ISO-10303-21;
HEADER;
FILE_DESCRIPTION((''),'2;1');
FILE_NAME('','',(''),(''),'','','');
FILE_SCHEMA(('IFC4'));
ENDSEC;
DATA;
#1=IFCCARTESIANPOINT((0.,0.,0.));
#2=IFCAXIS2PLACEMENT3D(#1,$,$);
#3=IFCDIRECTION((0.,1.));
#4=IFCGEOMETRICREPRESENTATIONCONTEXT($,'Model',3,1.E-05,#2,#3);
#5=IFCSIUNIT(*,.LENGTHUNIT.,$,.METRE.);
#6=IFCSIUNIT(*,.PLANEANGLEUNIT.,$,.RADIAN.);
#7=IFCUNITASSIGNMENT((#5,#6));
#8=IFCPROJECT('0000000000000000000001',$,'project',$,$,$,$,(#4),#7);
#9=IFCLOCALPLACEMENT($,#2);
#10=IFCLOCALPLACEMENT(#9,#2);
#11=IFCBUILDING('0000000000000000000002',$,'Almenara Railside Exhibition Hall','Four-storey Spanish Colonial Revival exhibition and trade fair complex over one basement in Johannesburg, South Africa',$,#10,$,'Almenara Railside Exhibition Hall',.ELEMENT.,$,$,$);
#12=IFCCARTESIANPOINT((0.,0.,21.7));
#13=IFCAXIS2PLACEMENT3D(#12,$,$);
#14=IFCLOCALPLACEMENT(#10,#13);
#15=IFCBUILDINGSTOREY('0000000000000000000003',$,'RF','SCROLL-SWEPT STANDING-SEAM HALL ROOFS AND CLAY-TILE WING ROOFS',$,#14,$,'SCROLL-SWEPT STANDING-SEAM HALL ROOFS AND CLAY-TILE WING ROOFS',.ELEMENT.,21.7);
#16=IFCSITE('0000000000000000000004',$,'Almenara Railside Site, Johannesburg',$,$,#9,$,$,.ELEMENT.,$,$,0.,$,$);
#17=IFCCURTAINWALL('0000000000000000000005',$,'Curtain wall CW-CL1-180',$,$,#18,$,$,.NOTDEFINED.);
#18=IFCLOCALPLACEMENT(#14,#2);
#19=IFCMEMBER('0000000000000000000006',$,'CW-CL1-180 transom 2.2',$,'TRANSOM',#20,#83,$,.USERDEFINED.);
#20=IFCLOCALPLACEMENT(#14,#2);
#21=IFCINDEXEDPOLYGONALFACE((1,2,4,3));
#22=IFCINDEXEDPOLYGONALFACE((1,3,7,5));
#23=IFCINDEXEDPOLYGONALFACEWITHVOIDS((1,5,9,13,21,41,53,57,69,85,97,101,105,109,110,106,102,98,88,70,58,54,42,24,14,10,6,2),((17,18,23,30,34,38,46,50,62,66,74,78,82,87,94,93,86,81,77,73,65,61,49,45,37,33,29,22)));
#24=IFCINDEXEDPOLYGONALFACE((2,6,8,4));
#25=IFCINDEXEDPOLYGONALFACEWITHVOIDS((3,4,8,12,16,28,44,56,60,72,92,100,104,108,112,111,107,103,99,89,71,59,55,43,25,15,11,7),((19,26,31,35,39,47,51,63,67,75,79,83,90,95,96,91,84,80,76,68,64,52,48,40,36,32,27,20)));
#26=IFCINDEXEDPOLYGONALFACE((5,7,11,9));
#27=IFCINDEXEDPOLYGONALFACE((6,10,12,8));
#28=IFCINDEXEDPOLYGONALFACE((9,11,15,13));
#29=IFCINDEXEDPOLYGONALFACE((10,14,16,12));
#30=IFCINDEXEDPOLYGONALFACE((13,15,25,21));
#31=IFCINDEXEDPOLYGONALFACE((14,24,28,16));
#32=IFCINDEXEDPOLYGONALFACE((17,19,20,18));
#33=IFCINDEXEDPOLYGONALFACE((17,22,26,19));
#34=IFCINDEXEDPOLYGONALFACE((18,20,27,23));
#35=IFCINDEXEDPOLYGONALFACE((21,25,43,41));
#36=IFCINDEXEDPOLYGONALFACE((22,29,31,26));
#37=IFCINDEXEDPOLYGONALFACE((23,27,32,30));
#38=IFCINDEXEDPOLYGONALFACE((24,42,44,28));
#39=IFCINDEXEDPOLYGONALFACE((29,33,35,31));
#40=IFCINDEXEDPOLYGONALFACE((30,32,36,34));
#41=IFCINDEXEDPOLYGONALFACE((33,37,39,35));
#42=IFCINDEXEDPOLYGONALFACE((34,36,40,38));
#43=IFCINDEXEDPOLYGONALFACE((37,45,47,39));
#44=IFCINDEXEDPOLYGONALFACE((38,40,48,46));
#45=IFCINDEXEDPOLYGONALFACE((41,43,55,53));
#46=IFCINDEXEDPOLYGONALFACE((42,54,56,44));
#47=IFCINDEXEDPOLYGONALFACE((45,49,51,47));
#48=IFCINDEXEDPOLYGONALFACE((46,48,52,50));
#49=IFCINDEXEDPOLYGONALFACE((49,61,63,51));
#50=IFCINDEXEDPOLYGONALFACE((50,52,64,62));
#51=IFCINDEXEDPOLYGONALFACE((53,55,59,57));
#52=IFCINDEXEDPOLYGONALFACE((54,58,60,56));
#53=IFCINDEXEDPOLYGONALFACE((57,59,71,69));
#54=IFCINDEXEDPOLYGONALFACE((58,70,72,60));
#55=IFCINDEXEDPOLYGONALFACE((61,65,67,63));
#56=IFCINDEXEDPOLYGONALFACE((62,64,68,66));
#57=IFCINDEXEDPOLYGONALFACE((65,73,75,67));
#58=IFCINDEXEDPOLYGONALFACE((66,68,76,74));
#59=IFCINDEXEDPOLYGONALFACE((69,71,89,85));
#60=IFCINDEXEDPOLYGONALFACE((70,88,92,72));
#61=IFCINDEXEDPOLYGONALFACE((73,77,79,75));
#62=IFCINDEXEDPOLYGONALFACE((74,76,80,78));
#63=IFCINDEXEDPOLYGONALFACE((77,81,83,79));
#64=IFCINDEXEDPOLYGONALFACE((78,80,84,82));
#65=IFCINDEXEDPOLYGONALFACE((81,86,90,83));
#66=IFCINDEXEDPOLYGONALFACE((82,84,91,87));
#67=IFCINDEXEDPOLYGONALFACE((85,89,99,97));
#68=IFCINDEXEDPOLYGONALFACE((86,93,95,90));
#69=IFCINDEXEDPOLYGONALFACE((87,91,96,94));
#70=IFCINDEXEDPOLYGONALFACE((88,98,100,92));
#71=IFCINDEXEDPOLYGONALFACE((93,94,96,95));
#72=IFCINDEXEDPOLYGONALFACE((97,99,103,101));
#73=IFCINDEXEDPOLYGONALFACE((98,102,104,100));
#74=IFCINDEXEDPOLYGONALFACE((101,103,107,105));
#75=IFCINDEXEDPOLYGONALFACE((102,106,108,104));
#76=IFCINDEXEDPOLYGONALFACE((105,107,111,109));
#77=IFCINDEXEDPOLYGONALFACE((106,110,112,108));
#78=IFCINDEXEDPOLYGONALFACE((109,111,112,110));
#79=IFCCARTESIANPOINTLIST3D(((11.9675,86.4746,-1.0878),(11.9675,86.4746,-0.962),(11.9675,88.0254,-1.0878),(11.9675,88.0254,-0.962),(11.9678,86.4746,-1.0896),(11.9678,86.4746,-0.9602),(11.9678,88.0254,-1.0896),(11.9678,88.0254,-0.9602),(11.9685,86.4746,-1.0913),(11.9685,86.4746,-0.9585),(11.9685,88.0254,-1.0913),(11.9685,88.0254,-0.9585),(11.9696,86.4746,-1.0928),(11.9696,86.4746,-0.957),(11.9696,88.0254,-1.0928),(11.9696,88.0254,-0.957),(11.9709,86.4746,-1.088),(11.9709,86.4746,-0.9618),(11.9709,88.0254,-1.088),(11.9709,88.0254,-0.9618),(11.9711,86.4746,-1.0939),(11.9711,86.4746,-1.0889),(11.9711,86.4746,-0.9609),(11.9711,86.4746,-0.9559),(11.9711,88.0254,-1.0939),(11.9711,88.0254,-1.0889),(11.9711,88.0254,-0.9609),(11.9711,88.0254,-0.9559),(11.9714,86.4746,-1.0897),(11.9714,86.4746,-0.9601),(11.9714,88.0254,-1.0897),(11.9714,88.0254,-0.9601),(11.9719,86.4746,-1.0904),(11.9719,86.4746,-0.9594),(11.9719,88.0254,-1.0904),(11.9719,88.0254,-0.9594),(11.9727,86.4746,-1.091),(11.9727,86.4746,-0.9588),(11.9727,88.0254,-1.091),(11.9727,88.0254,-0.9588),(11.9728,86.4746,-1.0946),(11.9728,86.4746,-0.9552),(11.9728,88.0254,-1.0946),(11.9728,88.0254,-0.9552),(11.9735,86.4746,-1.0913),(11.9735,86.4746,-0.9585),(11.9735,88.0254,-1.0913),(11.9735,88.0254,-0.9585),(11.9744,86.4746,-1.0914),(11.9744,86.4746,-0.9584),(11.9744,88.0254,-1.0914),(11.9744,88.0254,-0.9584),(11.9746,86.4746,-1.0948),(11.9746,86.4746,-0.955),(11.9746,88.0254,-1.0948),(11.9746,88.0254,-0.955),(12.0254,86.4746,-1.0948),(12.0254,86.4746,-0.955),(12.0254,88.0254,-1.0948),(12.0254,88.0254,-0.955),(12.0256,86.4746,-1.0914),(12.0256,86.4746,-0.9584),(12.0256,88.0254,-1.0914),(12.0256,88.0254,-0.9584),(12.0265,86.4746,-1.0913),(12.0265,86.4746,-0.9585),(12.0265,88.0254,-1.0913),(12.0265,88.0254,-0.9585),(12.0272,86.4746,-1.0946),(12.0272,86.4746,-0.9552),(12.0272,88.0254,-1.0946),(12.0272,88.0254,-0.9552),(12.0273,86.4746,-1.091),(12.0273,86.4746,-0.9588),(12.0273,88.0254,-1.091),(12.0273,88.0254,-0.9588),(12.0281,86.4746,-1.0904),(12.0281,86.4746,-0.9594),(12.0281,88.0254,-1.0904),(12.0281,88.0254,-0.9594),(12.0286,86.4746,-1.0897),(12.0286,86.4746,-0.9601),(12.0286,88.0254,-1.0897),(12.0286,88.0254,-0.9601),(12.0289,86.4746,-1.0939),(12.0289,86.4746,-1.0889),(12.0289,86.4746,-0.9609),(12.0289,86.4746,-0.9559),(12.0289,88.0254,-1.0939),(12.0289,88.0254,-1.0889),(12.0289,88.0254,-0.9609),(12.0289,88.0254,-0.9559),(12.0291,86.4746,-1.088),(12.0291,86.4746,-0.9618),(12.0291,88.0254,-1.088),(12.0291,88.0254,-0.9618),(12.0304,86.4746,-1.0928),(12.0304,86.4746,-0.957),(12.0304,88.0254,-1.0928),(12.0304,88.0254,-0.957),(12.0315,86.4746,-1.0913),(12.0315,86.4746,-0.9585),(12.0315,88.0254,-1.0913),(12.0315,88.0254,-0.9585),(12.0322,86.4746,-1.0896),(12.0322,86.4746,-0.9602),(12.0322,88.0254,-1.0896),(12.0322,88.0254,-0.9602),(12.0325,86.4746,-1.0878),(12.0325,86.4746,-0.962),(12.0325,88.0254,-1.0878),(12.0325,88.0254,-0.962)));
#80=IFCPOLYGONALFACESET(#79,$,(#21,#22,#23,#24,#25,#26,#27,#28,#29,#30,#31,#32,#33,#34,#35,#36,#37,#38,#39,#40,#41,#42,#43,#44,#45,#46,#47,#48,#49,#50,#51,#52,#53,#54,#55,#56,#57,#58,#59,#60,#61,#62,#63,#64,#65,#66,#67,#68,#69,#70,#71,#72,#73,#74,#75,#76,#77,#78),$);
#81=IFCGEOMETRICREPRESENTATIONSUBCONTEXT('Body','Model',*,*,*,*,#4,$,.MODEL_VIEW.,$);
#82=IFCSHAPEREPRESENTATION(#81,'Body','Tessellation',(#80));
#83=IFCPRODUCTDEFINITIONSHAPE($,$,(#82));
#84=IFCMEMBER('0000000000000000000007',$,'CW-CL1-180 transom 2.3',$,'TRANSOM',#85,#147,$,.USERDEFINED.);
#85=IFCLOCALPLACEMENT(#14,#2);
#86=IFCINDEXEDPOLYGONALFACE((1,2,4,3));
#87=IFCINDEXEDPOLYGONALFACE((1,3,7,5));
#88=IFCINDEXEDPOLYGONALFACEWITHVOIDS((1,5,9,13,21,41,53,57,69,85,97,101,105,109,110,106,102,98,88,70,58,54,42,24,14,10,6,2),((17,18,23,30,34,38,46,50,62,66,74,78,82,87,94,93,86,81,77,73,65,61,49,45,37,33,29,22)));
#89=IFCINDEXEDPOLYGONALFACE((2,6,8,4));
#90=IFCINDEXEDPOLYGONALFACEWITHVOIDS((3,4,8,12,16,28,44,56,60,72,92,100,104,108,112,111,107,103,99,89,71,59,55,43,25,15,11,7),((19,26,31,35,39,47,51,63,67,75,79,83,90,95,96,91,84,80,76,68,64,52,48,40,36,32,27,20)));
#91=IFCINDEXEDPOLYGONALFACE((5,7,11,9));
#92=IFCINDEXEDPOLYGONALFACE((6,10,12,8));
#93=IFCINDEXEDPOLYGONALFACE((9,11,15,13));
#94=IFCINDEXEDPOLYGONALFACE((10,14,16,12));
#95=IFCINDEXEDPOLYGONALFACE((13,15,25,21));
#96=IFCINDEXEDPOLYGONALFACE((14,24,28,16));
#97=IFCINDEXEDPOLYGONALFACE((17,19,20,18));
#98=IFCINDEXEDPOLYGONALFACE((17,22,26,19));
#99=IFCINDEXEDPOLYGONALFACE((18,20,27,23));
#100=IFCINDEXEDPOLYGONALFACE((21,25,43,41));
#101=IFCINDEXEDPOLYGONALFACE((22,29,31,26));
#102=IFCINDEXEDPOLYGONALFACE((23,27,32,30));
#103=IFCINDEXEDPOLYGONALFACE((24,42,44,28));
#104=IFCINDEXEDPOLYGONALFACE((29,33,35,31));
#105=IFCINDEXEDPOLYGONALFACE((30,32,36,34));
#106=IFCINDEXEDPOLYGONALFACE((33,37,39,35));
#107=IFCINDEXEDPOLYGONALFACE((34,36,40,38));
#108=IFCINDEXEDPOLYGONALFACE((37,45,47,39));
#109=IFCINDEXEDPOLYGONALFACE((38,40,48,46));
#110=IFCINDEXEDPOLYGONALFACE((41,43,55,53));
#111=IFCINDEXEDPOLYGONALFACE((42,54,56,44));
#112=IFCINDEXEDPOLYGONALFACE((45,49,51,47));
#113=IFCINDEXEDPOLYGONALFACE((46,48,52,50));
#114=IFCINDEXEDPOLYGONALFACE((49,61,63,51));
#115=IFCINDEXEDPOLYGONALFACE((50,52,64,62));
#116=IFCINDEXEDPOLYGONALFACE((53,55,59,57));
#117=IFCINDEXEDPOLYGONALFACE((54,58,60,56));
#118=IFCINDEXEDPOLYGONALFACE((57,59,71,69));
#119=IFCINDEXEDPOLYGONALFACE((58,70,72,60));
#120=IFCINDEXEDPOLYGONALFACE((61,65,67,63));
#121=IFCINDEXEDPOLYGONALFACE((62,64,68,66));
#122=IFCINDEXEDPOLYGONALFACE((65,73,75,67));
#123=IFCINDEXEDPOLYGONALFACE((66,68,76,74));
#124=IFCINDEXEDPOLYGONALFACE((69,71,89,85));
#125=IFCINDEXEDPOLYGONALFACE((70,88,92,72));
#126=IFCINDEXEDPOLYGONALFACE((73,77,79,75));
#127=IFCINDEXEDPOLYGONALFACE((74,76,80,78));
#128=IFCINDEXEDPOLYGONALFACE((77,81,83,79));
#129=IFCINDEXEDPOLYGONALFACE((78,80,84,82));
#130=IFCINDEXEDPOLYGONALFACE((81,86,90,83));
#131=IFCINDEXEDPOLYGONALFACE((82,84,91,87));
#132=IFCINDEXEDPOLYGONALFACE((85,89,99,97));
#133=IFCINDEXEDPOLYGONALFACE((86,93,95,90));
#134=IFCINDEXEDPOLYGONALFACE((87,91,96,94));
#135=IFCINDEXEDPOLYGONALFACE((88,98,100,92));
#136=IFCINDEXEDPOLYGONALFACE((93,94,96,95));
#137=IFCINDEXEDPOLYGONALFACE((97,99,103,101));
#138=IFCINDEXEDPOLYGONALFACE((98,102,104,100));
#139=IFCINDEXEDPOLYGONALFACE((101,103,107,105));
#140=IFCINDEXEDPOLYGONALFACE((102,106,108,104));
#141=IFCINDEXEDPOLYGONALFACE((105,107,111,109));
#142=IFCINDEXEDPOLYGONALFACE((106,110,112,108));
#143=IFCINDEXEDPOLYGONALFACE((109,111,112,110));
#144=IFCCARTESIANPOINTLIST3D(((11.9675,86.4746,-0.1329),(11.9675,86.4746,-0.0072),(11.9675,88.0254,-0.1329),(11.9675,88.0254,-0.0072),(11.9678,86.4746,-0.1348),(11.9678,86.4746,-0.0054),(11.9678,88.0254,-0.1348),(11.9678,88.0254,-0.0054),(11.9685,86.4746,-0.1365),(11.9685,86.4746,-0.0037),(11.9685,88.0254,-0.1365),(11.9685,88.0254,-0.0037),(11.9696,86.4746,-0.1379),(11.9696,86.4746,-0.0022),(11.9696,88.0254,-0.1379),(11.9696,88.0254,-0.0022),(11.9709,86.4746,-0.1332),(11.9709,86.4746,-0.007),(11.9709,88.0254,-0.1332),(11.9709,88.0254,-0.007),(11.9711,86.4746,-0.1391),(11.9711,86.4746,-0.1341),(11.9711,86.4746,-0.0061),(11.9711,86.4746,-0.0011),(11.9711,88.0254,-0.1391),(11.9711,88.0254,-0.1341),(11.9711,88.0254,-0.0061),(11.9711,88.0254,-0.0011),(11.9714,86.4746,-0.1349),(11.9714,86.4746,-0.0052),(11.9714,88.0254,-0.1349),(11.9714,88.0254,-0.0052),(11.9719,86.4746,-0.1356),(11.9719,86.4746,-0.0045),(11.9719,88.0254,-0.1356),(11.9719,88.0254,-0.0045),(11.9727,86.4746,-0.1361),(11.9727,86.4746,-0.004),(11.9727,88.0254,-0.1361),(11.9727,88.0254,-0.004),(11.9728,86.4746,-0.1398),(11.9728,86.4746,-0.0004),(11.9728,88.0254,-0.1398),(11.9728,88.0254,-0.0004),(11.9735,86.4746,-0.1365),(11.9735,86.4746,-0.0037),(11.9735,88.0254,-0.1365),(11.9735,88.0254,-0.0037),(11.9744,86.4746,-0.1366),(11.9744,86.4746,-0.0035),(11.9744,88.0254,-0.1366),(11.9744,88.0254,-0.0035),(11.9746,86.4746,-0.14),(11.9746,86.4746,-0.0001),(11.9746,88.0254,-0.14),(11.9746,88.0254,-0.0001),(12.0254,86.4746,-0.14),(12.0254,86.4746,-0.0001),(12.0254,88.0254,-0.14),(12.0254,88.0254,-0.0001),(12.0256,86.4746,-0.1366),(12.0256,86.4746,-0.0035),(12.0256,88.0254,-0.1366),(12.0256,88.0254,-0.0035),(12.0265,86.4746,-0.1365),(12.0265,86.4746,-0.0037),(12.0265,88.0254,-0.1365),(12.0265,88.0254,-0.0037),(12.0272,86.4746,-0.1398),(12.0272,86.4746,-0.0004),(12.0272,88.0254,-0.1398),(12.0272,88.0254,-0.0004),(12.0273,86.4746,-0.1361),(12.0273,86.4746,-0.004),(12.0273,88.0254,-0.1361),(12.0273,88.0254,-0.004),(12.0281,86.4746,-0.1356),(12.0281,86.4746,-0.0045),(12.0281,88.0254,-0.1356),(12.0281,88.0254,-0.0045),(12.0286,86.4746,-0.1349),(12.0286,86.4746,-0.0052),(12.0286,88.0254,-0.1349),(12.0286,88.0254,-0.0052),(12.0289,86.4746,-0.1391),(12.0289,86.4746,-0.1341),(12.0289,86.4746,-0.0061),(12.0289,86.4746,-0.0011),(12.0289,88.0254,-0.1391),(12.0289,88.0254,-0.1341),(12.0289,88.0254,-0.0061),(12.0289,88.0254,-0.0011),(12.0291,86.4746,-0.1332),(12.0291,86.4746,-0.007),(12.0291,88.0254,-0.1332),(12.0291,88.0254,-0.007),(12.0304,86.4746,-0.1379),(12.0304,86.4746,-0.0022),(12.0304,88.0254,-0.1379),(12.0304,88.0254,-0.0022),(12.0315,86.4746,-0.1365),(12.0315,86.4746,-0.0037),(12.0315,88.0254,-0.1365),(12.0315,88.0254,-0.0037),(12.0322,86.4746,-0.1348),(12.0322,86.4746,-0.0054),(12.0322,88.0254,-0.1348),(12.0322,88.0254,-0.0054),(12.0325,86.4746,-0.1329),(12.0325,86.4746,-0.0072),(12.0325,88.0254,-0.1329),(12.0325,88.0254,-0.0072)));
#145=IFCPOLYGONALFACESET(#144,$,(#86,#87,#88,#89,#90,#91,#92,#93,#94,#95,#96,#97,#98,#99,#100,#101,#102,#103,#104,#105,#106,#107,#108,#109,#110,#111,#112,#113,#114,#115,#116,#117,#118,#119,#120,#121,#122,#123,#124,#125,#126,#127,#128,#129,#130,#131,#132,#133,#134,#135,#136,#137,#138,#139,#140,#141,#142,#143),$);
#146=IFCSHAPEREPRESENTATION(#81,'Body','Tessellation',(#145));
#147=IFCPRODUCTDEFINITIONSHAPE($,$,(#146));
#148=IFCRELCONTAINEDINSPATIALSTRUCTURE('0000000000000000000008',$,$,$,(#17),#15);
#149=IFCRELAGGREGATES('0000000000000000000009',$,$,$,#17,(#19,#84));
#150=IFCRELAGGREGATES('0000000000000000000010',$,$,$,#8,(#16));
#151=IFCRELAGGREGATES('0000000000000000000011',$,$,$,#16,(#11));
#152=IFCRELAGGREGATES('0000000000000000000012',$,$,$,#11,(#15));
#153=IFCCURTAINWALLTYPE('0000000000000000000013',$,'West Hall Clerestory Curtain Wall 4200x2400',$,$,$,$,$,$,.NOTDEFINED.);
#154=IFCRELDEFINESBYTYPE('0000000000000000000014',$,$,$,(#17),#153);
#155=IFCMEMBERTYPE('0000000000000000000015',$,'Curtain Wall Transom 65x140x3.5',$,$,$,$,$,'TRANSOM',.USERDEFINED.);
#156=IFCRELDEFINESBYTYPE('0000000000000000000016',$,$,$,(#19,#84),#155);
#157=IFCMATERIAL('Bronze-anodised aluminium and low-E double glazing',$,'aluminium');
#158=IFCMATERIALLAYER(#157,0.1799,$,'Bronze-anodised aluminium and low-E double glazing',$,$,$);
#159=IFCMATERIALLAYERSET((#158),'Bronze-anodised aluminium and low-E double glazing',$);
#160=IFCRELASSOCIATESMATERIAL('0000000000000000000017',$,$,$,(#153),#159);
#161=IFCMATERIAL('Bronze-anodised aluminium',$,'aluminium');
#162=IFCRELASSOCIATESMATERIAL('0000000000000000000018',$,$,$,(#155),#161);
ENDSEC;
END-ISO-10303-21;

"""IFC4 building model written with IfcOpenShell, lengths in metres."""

from ifc_helpers import new_model, si_unit, direction, frame, origin, origin_2d, place, context, subcontext, project, spatial, hollow_rectangle, extrude, material, layer, layer_set, material_profile, profile_set, type_object, element, aggregate, save


model = new_model("IFC4")

# Units and contexts
model_context = context("Model", 3, precision=1e-05, world=origin(), true_north=direction((0.0, 1.0)))
body_context = subcontext(model_context, "Body", "Model", "MODEL_VIEW")
ifc_project = project(units=[si_unit("LENGTHUNIT", "METRE"), si_unit("PLANEANGLEUNIT", "RADIAN")], contexts=[model_context])

# Site, building, storey
site_placement = place(None, origin())
site = spatial("IfcSite", under=ifc_project, at=site_placement, Name="Almenara Railside Site, Johannesburg", CompositionType="ELEMENT", RefElevation=0.0)
building_placement = place(site_placement, origin())
building = spatial("IfcBuilding", under=site, at=building_placement, Name="Almenara Railside Exhibition Hall", Description="Four-storey Spanish Colonial Revival exhibition and trade fair complex over one basement in Johannesburg, South Africa", LongName="Almenara Railside Exhibition Hall", CompositionType="ELEMENT")
storey_placement = place(building_placement, frame((0.0, 0.0, 21.7)))
storey = spatial("IfcBuildingStorey", under=building, at=storey_placement, Name="RF", Description="SCROLL-SWEPT STANDING-SEAM HALL ROOFS AND CLAY-TILE WING ROOFS", LongName="SCROLL-SWEPT STANDING-SEAM HALL ROOFS AND CLAY-TILE WING ROOFS", CompositionType="ELEMENT", Elevation=21.7)

# Curtain wall
ifc_material_1 = material(Name="Bronze-anodised aluminium and low-E double glazing", Category="aluminium")
ifc_layer_1 = layer(ifc_material_1, 0.1799, Name="Bronze-anodised aluminium and low-E double glazing")
ifc_layer_set_1 = layer_set([ifc_layer_1], Name="Bronze-anodised aluminium and low-E double glazing")
curtain_wall_type = type_object("IfcCurtainWallType", Name="West Hall Clerestory Curtain Wall 4200x2400", PredefinedType="NOTDEFINED", material=ifc_layer_set_1)
ifc_material_2 = material(Name="Bronze-anodised aluminium", Category="aluminium")
curtain_wall_1_placement = place(storey_placement, origin())
curtain_wall_1 = element("IfcCurtainWall", 1, at=curtain_wall_1_placement, inside=storey, type_object=curtain_wall_type, Name="Curtain wall CW-CL1-180", PredefinedType="NOTDEFINED")

# Members
ifc_material_profile_1 = material_profile(ifc_material_2, hollow_rectangle(XDim=0.0649, YDim=0.1399, WallThickness=0.0034, InnerFilletRadius=0.0034, OuterFilletRadius=0.0071, at=origin_2d()), Name="ALU-TRN 65x140x3.5")
ifc_profile_set_1 = profile_set([ifc_material_profile_1], Name="Bronze-anodised aluminium")
member_type_1 = type_object("IfcMemberType", Name="Curtain Wall Transom 65x140x3.5", ElementType="TRANSOM", PredefinedType="USERDEFINED", material=ifc_profile_set_1)
member_1_placement = place(storey_placement, frame((12.0, 86.4746, -1.0249), z_axis=(0.0, 1.0, 0.0), x_axis=(-1.0, 0.0, 0.0)))
member_1 = element("IfcMember", 2, at=member_1_placement, type_object=member_type_1, Name="CW-CL1-180 transom 2.2", ObjectType="TRANSOM", PredefinedType="USERDEFINED", context=body_context, shape_type="SweptSolid", body=[
    extrude(hollow_rectangle(XDim=0.0649, YDim=0.1399, WallThickness=0.0034, InnerFilletRadius=0.0034, OuterFilletRadius=0.0071, at=origin_2d()), origin(), (0.0, 0.0, 1.0), 1.5508),
])
member_2_placement = place(storey_placement, frame((12.0, 86.4746, -0.0701), z_axis=(0.0, 1.0, 0.0), x_axis=(-1.0, 0.0, 0.0)))
member_2 = element("IfcMember", 3, at=member_2_placement, type_object=member_type_1, Name="CW-CL1-180 transom 2.3", ObjectType="TRANSOM", PredefinedType="USERDEFINED", context=body_context, shape_type="SweptSolid", body=[
    extrude(hollow_rectangle(XDim=0.0649, YDim=0.1399, WallThickness=0.0034, InnerFilletRadius=0.0034, OuterFilletRadius=0.0071, at=origin_2d()), origin(), (0.0, 0.0, 1.0), 1.5508),
])

aggregate(curtain_wall_1, [member_1, member_2])

save(model, "model.ifc")
